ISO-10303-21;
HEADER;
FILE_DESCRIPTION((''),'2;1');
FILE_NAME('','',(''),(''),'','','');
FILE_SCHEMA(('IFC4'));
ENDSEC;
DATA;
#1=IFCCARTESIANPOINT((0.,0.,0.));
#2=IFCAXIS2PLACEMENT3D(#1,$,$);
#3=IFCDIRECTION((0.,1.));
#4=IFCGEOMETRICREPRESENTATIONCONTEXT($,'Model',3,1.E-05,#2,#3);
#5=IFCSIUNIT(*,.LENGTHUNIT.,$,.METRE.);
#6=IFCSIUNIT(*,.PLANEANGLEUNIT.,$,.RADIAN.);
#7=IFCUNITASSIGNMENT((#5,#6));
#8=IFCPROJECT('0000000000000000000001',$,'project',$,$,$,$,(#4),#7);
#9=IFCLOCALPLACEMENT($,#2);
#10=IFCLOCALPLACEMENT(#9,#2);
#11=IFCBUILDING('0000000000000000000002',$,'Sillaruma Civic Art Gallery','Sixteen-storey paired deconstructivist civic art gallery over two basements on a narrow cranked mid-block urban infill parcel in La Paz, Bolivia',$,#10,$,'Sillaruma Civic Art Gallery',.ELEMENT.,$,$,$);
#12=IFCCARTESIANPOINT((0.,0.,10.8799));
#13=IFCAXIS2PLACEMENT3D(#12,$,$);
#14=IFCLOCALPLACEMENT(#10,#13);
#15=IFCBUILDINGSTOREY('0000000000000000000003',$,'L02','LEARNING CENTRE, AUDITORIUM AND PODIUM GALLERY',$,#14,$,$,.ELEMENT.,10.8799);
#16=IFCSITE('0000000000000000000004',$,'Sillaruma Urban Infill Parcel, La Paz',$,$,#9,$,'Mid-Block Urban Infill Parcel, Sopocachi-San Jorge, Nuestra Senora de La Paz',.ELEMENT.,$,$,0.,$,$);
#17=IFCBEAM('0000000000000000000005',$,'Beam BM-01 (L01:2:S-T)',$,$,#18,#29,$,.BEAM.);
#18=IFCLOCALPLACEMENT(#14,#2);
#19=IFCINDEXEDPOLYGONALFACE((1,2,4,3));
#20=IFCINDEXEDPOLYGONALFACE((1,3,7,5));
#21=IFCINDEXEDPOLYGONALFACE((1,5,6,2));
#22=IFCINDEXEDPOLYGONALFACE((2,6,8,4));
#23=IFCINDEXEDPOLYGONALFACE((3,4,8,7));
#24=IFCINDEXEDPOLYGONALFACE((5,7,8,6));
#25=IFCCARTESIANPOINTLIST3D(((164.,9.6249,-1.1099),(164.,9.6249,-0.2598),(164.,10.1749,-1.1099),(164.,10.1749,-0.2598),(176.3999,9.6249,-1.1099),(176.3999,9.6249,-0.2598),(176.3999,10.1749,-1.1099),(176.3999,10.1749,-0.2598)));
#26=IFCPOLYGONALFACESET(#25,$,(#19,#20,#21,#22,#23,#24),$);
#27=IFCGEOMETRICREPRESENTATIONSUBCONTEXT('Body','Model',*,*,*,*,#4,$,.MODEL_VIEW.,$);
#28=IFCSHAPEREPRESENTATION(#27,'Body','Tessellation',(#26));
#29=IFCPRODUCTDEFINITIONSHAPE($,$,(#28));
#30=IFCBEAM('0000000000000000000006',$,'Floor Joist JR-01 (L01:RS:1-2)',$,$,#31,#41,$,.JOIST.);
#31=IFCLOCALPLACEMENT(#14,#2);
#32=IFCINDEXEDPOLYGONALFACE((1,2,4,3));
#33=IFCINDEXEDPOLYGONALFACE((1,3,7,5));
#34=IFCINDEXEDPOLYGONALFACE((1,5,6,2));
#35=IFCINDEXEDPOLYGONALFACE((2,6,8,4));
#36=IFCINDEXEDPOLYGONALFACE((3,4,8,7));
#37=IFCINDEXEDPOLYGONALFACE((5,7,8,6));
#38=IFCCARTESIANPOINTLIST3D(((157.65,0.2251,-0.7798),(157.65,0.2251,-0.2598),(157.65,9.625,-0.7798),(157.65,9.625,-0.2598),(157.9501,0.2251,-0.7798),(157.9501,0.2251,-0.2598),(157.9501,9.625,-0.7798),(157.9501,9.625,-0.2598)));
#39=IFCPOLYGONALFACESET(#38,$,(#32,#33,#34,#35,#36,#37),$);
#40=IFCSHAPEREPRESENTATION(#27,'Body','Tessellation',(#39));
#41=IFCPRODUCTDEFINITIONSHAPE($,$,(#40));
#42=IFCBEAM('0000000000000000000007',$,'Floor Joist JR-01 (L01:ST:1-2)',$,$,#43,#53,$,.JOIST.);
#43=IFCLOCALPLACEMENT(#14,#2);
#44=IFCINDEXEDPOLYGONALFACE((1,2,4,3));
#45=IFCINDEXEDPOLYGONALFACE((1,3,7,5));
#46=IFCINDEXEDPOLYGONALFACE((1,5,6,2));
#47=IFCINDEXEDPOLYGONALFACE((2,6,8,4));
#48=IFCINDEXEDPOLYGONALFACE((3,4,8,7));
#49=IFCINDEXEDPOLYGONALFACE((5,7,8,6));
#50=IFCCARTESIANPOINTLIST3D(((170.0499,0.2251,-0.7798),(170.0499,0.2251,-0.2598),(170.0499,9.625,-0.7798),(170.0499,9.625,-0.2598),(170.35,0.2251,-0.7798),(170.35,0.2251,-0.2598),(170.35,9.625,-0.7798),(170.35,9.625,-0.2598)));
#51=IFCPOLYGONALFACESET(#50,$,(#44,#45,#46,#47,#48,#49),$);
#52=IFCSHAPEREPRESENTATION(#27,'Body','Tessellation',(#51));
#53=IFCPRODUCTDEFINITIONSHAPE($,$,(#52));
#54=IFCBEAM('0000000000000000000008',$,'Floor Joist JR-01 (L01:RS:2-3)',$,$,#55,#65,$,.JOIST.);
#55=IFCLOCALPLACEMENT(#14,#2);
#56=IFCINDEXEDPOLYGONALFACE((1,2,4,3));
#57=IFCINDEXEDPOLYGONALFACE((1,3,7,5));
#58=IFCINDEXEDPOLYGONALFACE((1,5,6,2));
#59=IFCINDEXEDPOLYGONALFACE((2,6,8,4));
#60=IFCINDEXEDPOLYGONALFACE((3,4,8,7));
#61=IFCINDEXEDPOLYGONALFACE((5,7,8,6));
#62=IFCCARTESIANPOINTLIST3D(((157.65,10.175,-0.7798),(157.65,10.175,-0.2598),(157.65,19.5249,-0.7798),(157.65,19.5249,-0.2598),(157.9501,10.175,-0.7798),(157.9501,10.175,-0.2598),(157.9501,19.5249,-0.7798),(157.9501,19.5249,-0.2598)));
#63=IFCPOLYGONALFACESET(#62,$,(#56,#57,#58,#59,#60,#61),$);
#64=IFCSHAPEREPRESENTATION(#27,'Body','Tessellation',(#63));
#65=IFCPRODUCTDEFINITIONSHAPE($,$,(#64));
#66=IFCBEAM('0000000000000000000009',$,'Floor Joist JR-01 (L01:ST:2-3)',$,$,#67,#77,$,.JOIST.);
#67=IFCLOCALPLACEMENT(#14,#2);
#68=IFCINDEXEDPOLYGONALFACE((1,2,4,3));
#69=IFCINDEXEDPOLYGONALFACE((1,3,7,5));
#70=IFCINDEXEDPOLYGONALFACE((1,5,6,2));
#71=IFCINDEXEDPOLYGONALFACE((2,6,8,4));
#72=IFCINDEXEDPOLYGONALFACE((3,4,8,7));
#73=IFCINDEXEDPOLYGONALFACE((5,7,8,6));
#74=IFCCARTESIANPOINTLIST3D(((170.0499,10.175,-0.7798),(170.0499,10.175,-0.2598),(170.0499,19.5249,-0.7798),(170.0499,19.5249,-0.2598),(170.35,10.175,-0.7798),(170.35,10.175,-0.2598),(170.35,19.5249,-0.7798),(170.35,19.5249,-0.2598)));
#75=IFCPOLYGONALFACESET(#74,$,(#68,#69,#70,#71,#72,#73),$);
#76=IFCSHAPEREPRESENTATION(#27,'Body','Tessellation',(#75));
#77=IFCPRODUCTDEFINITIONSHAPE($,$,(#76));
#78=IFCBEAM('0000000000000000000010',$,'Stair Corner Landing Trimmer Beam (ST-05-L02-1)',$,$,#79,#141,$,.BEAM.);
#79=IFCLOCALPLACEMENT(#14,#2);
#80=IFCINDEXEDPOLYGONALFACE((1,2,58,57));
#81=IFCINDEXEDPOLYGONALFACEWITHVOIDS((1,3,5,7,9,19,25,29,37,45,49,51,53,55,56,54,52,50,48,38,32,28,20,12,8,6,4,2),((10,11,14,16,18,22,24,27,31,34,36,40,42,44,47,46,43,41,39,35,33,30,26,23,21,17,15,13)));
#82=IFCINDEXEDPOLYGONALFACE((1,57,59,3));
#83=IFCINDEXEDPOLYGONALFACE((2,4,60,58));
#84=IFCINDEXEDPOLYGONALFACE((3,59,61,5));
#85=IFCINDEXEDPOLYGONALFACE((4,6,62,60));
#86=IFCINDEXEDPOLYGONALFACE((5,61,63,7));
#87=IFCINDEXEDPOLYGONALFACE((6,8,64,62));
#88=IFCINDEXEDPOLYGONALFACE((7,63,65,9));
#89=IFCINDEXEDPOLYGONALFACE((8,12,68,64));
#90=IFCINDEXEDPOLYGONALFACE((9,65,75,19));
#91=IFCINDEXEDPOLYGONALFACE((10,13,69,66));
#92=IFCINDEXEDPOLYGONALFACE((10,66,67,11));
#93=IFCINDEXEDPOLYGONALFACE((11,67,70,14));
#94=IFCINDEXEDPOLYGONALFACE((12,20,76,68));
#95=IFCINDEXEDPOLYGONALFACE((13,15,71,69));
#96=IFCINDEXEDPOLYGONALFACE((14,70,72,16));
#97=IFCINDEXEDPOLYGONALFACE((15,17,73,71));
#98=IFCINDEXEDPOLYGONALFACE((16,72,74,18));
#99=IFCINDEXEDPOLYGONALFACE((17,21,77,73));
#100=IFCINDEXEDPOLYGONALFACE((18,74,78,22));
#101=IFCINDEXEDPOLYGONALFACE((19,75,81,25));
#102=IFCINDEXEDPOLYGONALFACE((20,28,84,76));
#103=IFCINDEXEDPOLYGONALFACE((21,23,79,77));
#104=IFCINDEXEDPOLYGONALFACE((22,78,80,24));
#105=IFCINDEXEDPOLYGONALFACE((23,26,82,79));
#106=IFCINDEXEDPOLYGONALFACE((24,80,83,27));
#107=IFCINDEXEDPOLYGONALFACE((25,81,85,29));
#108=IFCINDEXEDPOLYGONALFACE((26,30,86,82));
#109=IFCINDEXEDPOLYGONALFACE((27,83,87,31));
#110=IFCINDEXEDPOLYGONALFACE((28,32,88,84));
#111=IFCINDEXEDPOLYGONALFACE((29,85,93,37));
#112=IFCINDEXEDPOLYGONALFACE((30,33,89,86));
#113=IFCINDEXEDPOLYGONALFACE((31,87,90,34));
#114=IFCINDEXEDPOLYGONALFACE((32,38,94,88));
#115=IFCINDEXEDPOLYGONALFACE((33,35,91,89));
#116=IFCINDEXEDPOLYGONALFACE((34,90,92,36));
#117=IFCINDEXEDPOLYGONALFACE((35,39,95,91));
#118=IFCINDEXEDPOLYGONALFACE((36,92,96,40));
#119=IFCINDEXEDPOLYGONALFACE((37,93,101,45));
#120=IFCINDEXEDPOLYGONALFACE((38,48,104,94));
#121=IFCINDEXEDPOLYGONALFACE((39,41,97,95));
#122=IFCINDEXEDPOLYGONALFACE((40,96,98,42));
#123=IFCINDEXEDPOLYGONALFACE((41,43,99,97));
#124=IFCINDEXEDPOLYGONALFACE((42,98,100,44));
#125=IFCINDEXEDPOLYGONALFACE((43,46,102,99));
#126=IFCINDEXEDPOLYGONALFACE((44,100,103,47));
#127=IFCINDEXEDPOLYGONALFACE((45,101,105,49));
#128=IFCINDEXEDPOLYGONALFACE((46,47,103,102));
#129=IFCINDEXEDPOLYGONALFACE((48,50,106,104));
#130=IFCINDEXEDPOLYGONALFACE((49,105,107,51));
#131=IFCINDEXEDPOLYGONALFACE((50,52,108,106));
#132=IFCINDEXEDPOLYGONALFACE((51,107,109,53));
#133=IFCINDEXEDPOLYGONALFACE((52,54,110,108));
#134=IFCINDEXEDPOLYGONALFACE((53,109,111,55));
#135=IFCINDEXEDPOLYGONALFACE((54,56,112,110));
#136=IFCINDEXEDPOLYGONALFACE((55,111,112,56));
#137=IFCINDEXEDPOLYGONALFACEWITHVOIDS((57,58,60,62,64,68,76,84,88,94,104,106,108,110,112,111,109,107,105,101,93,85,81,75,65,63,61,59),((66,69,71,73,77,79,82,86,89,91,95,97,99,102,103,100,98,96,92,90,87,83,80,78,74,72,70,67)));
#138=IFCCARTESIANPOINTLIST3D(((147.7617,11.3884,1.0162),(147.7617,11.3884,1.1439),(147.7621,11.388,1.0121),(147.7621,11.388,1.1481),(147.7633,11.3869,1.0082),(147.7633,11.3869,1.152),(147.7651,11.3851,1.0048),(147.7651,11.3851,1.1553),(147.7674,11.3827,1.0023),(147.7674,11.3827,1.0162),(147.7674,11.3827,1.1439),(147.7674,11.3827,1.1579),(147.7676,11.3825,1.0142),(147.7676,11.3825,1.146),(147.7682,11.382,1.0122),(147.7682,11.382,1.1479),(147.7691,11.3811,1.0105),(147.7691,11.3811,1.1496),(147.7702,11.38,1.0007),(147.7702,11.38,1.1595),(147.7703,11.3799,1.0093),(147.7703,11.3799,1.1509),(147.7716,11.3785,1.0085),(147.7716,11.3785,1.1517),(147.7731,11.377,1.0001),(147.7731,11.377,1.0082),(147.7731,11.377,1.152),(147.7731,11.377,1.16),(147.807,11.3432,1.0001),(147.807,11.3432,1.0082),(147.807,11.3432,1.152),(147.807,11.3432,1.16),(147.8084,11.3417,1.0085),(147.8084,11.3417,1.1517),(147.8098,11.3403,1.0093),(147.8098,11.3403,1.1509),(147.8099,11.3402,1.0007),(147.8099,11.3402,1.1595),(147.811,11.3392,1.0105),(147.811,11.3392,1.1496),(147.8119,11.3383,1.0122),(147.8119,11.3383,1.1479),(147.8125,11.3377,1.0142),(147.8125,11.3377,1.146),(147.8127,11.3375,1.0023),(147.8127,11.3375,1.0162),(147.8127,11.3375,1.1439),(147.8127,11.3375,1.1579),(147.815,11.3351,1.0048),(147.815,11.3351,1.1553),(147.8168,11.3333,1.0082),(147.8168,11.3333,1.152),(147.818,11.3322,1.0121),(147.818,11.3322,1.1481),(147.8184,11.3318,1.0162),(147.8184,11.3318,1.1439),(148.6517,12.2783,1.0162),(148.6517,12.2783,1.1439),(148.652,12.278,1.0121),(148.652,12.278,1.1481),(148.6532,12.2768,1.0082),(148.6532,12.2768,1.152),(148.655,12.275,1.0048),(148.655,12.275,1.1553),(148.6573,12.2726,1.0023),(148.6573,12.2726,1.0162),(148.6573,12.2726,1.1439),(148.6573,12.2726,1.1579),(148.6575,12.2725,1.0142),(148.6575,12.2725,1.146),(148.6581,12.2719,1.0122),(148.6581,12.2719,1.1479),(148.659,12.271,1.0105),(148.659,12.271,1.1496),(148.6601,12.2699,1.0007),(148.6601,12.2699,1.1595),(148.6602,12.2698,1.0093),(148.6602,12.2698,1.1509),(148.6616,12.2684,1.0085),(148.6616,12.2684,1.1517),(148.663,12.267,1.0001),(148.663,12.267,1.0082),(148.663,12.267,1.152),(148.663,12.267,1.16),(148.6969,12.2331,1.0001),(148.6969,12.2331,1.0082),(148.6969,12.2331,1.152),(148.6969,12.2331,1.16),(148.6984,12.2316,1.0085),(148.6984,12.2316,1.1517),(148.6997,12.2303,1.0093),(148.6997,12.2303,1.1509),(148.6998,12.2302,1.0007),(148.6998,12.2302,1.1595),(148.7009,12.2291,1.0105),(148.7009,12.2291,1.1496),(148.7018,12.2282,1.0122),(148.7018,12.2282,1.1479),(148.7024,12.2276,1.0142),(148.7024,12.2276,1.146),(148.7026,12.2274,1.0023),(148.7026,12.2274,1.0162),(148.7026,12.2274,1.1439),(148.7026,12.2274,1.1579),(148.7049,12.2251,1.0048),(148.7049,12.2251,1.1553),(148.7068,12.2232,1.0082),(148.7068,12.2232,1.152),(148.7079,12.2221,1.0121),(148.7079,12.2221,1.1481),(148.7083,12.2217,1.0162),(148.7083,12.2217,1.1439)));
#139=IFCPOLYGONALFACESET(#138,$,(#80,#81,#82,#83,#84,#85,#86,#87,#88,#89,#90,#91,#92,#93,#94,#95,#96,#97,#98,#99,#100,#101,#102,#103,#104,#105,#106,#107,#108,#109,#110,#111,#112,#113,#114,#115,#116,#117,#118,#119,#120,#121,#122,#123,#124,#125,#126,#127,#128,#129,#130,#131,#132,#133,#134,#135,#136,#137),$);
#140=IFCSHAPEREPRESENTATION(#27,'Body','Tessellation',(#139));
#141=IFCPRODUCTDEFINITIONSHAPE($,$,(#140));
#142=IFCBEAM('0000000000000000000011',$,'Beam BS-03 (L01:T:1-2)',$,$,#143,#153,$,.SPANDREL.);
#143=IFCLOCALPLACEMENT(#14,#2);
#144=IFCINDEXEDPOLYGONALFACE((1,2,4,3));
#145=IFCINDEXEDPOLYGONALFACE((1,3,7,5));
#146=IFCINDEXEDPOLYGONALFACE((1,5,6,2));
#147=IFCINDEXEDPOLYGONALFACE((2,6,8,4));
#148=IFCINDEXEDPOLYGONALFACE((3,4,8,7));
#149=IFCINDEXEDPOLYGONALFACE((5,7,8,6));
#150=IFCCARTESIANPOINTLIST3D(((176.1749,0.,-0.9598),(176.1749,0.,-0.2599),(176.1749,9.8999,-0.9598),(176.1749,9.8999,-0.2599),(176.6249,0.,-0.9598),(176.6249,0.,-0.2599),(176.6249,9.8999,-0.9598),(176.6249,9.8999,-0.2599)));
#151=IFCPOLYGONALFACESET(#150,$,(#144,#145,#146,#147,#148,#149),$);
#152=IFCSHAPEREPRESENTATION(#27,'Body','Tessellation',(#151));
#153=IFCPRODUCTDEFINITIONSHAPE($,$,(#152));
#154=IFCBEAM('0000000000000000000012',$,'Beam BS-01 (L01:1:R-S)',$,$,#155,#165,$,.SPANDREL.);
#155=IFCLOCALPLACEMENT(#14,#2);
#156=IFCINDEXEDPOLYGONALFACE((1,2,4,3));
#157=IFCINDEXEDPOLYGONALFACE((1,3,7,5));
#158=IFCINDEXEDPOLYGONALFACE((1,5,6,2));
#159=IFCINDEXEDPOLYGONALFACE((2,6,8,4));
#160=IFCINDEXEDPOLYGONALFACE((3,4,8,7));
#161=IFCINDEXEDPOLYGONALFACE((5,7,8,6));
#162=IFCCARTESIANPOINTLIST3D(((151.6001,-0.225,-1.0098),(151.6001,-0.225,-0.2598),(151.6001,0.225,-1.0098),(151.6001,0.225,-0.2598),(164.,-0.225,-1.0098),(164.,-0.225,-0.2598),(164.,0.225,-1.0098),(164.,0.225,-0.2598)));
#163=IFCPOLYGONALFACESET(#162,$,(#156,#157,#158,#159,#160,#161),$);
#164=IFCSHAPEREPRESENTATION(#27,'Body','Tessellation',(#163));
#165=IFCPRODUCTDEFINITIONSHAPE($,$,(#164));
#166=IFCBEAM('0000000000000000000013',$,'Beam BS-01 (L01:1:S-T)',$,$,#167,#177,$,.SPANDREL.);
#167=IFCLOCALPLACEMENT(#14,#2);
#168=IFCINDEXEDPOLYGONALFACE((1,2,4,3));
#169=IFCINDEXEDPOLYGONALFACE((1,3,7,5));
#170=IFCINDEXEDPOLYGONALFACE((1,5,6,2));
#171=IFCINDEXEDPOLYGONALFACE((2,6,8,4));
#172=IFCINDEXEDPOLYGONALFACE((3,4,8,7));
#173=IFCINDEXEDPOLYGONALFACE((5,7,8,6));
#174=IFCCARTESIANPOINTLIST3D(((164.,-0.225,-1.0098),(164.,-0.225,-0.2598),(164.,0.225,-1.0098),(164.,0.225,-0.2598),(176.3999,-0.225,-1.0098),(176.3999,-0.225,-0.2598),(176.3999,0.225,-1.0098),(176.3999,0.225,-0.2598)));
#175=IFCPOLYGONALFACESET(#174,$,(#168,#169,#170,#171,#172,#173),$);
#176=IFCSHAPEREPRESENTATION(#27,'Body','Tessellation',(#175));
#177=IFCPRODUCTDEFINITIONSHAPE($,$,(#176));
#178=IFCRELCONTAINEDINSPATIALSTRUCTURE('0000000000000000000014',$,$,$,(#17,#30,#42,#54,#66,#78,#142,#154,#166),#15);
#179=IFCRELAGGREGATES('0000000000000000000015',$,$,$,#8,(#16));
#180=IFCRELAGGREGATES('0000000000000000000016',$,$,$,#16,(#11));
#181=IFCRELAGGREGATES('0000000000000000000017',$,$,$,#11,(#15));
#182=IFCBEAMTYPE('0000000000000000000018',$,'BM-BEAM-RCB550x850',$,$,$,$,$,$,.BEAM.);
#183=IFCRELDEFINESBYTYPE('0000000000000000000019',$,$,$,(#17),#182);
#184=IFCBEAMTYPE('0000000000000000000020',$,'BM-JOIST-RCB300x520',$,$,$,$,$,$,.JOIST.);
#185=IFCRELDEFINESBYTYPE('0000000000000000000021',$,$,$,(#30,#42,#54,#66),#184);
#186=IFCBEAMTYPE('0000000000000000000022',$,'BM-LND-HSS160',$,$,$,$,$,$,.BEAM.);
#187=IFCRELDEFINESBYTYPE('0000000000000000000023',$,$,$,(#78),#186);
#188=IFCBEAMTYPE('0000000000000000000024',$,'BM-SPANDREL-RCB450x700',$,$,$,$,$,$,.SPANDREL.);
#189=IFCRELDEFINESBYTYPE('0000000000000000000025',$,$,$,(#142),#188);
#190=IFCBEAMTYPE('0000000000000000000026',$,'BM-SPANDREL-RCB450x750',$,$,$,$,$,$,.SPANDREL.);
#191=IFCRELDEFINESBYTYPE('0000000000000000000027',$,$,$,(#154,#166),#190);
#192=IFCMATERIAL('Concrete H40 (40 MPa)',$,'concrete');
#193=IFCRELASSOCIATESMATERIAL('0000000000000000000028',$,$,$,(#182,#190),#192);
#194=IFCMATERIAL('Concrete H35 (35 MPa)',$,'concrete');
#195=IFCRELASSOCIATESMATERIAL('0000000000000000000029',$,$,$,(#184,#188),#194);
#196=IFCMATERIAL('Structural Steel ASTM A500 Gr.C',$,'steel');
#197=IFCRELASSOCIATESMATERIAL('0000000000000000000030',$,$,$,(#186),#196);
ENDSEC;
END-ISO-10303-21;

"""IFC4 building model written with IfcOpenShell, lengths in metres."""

from ifc_helpers import new_model, si_unit, direction, frame, origin, origin_2d, place, context, subcontext, project, spatial, rectangle, hollow_rectangle, extrude, material, material_profile, profile_set, type_object, element, save


model = new_model("IFC4")

# Units and contexts
model_context = context("Model", 3, precision=1e-05, world=origin(), true_north=direction((0.0, 1.0)))
body_context = subcontext(model_context, "Body", "Model", "MODEL_VIEW")
ifc_project = project(units=[si_unit("LENGTHUNIT", "METRE"), si_unit("PLANEANGLEUNIT", "RADIAN")], contexts=[model_context])

# Site, building, storey
site_placement = place(None, origin())
site = spatial("IfcSite", under=ifc_project, at=site_placement, Name="Sillaruma Urban Infill Parcel, La Paz", LongName="Mid-Block Urban Infill Parcel, Sopocachi-San Jorge, Nuestra Senora de La Paz", CompositionType="ELEMENT", RefElevation=0.0)
building_placement = place(site_placement, origin())
building = spatial("IfcBuilding", under=site, at=building_placement, Name="Sillaruma Civic Art Gallery", Description="Sixteen-storey paired deconstructivist civic art gallery over two basements on a narrow cranked mid-block urban infill parcel in La Paz, Bolivia", LongName="Sillaruma Civic Art Gallery", CompositionType="ELEMENT")
storey_placement = place(building_placement, frame((0.0, 0.0, 10.8799)))
storey = spatial("IfcBuildingStorey", under=building, at=storey_placement, Name="L02", Description="LEARNING CENTRE, AUDITORIUM AND PODIUM GALLERY", CompositionType="ELEMENT", Elevation=10.8799)

# Shared definitions
ifc_material_1 = material(Name="Concrete H40 (40 MPa)", Category="concrete")

# Beams
ifc_material_profile_1 = material_profile(ifc_material_1, rectangle(XDim=0.55, YDim=0.8501, at=origin_2d()), Name="RCB550x850")
ifc_profile_set_1 = profile_set([ifc_material_profile_1], Name="Concrete H40 (40 MPa)")
beam_type_1 = type_object("IfcBeamType", Name="BM-BEAM-RCB550x850", PredefinedType="BEAM", material=ifc_profile_set_1)
for number, where, z_axis, x_axis, name in (
    (1, (164.0, 9.8999, -0.6848), (1.0, 0.0, 0.0), (0.0, 1.0, 0.0), "Beam BM-01 (L01:2:S-T)"),
):
    element("IfcBeam", number, at=place(storey_placement, frame(where, z_axis=z_axis, x_axis=x_axis)), inside=storey, type_object=beam_type_1, Name=name, PredefinedType="BEAM", context=body_context, shape_type="SweptSolid", body=[
        extrude(rectangle(XDim=0.55, YDim=0.8501, at=origin_2d()), origin(), (0.0, 0.0, 1.0), 12.3999),
    ])
ifc_material_2 = material(Name="Concrete H35 (35 MPa)", Category="concrete")
ifc_material_profile_2 = material_profile(ifc_material_2, rectangle(XDim=0.3, YDim=0.52, at=origin_2d()), Name="RCB300x520")
ifc_profile_set_2 = profile_set([ifc_material_profile_2], Name="Concrete H35 (35 MPa)")
beam_type_2 = type_object("IfcBeamType", Name="BM-JOIST-RCB300x520", PredefinedType="JOIST", material=ifc_profile_set_2)
for number, where, z_axis, x_axis, name in (
    (2, (157.8, 0.2251, -0.5198), (0.0, 1.0, 0.0), (-1.0, 0.0, 0.0), "Floor Joist JR-01 (L01:RS:1-2)"),
    (3, (170.2, 0.2251, -0.5198), (0.0, 1.0, 0.0), (-1.0, 0.0, 0.0), "Floor Joist JR-01 (L01:ST:1-2)"),
):
    element("IfcBeam", number, at=place(storey_placement, frame(where, z_axis=z_axis, x_axis=x_axis)), inside=storey, type_object=beam_type_2, Name=name, PredefinedType="JOIST", context=body_context, shape_type="SweptSolid", body=[
        extrude(rectangle(XDim=0.3, YDim=0.52, at=origin_2d()), origin(), (0.0, 0.0, 1.0), 9.3999),
    ])
for number, where, z_axis, x_axis, name in (
    (4, (157.8, 10.175, -0.5198), (0.0, 1.0, 0.0), (-1.0, 0.0, 0.0), "Floor Joist JR-01 (L01:RS:2-3)"),
    (5, (170.2, 10.175, -0.5198), (0.0, 1.0, 0.0), (-1.0, 0.0, 0.0), "Floor Joist JR-01 (L01:ST:2-3)"),
):
    element("IfcBeam", number, at=place(storey_placement, frame(where, z_axis=z_axis, x_axis=x_axis)), inside=storey, type_object=beam_type_2, Name=name, PredefinedType="JOIST", context=body_context, shape_type="SweptSolid", body=[
        extrude(rectangle(XDim=0.3, YDim=0.52, at=origin_2d()), origin(), (0.0, 0.0, 1.0), 9.3499),
    ])
ifc_material_3 = material(Name="Structural Steel ASTM A500 Gr.C", Category="steel")
ifc_material_profile_3 = material_profile(ifc_material_3, hollow_rectangle(XDim=0.0801, YDim=0.1599, WallThickness=0.0081, InnerFilletRadius=0.0081, OuterFilletRadius=0.0161, at=origin_2d()), Name="HSS160x80x8")
ifc_profile_set_3 = profile_set([ifc_material_profile_3], Name="Structural Steel ASTM A500 Gr.C")
beam_type_3 = type_object("IfcBeamType", Name="BM-LND-HSS160", PredefinedType="BEAM", material=ifc_profile_set_3)
beam_1_placement = place(storey_placement, frame((147.79, 11.3601, 1.0801), z_axis=(0.707107, 0.707107, 0.0), x_axis=(-0.707107, 0.707107, 0.0)))
element("IfcBeam", 6, at=beam_1_placement, inside=storey, type_object=beam_type_3, Name="Stair Corner Landing Trimmer Beam (ST-05-L02-1)", PredefinedType="BEAM", context=body_context, shape_type="SweptSolid", body=[
    extrude(hollow_rectangle(XDim=0.0801, YDim=0.1599, WallThickness=0.0081, InnerFilletRadius=0.0081, OuterFilletRadius=0.0161, at=origin_2d()), origin(), (0.0, 0.0, 1.0), 1.2585),
])
ifc_material_profile_4 = material_profile(ifc_material_2, rectangle(XDim=0.45, YDim=0.7, at=origin_2d()), Name="RCB450x700")
ifc_profile_set_4 = profile_set([ifc_material_profile_4], Name="Concrete H35 (35 MPa)")
beam_type_4 = type_object("IfcBeamType", Name="BM-SPANDREL-RCB450x700", PredefinedType="SPANDREL", material=ifc_profile_set_4)
beam_2_placement = place(storey_placement, frame((176.3999, 0.0, -0.6099), z_axis=(0.0, 1.0, 0.0), x_axis=(-1.0, 0.0, 0.0)))
element("IfcBeam", 7, at=beam_2_placement, inside=storey, type_object=beam_type_4, Name="Beam BS-03 (L01:T:1-2)", PredefinedType="SPANDREL", context=body_context, shape_type="SweptSolid", body=[
    extrude(rectangle(XDim=0.45, YDim=0.7, at=origin_2d()), origin(), (0.0, 0.0, 1.0), 9.8999),
])
ifc_material_profile_5 = material_profile(ifc_material_1, rectangle(XDim=0.45, YDim=0.75, at=origin_2d()), Name="RCB450x750")
ifc_profile_set_5 = profile_set([ifc_material_profile_5], Name="Concrete H40 (40 MPa)")
beam_type_5 = type_object("IfcBeamType", Name="BM-SPANDREL-RCB450x750", PredefinedType="SPANDREL", material=ifc_profile_set_5)
for number, where, z_axis, x_axis, name in (
    (8, (151.6001, 0.0, -0.6348), (1.0, 0.0, 0.0), (0.0, 1.0, 0.0), "Beam BS-01 (L01:1:R-S)"),
    (9, (164.0, 0.0, -0.6348), (1.0, 0.0, 0.0), (0.0, 1.0, 0.0), "Beam BS-01 (L01:1:S-T)"),
):
    element("IfcBeam", number, at=place(storey_placement, frame(where, z_axis=z_axis, x_axis=x_axis)), inside=storey, type_object=beam_type_5, Name=name, PredefinedType="SPANDREL", context=body_context, shape_type="SweptSolid", body=[
        extrude(rectangle(XDim=0.45, YDim=0.75, at=origin_2d()), origin(), (0.0, 0.0, 1.0), 12.3999),
    ])

save(model, "model.ifc")
